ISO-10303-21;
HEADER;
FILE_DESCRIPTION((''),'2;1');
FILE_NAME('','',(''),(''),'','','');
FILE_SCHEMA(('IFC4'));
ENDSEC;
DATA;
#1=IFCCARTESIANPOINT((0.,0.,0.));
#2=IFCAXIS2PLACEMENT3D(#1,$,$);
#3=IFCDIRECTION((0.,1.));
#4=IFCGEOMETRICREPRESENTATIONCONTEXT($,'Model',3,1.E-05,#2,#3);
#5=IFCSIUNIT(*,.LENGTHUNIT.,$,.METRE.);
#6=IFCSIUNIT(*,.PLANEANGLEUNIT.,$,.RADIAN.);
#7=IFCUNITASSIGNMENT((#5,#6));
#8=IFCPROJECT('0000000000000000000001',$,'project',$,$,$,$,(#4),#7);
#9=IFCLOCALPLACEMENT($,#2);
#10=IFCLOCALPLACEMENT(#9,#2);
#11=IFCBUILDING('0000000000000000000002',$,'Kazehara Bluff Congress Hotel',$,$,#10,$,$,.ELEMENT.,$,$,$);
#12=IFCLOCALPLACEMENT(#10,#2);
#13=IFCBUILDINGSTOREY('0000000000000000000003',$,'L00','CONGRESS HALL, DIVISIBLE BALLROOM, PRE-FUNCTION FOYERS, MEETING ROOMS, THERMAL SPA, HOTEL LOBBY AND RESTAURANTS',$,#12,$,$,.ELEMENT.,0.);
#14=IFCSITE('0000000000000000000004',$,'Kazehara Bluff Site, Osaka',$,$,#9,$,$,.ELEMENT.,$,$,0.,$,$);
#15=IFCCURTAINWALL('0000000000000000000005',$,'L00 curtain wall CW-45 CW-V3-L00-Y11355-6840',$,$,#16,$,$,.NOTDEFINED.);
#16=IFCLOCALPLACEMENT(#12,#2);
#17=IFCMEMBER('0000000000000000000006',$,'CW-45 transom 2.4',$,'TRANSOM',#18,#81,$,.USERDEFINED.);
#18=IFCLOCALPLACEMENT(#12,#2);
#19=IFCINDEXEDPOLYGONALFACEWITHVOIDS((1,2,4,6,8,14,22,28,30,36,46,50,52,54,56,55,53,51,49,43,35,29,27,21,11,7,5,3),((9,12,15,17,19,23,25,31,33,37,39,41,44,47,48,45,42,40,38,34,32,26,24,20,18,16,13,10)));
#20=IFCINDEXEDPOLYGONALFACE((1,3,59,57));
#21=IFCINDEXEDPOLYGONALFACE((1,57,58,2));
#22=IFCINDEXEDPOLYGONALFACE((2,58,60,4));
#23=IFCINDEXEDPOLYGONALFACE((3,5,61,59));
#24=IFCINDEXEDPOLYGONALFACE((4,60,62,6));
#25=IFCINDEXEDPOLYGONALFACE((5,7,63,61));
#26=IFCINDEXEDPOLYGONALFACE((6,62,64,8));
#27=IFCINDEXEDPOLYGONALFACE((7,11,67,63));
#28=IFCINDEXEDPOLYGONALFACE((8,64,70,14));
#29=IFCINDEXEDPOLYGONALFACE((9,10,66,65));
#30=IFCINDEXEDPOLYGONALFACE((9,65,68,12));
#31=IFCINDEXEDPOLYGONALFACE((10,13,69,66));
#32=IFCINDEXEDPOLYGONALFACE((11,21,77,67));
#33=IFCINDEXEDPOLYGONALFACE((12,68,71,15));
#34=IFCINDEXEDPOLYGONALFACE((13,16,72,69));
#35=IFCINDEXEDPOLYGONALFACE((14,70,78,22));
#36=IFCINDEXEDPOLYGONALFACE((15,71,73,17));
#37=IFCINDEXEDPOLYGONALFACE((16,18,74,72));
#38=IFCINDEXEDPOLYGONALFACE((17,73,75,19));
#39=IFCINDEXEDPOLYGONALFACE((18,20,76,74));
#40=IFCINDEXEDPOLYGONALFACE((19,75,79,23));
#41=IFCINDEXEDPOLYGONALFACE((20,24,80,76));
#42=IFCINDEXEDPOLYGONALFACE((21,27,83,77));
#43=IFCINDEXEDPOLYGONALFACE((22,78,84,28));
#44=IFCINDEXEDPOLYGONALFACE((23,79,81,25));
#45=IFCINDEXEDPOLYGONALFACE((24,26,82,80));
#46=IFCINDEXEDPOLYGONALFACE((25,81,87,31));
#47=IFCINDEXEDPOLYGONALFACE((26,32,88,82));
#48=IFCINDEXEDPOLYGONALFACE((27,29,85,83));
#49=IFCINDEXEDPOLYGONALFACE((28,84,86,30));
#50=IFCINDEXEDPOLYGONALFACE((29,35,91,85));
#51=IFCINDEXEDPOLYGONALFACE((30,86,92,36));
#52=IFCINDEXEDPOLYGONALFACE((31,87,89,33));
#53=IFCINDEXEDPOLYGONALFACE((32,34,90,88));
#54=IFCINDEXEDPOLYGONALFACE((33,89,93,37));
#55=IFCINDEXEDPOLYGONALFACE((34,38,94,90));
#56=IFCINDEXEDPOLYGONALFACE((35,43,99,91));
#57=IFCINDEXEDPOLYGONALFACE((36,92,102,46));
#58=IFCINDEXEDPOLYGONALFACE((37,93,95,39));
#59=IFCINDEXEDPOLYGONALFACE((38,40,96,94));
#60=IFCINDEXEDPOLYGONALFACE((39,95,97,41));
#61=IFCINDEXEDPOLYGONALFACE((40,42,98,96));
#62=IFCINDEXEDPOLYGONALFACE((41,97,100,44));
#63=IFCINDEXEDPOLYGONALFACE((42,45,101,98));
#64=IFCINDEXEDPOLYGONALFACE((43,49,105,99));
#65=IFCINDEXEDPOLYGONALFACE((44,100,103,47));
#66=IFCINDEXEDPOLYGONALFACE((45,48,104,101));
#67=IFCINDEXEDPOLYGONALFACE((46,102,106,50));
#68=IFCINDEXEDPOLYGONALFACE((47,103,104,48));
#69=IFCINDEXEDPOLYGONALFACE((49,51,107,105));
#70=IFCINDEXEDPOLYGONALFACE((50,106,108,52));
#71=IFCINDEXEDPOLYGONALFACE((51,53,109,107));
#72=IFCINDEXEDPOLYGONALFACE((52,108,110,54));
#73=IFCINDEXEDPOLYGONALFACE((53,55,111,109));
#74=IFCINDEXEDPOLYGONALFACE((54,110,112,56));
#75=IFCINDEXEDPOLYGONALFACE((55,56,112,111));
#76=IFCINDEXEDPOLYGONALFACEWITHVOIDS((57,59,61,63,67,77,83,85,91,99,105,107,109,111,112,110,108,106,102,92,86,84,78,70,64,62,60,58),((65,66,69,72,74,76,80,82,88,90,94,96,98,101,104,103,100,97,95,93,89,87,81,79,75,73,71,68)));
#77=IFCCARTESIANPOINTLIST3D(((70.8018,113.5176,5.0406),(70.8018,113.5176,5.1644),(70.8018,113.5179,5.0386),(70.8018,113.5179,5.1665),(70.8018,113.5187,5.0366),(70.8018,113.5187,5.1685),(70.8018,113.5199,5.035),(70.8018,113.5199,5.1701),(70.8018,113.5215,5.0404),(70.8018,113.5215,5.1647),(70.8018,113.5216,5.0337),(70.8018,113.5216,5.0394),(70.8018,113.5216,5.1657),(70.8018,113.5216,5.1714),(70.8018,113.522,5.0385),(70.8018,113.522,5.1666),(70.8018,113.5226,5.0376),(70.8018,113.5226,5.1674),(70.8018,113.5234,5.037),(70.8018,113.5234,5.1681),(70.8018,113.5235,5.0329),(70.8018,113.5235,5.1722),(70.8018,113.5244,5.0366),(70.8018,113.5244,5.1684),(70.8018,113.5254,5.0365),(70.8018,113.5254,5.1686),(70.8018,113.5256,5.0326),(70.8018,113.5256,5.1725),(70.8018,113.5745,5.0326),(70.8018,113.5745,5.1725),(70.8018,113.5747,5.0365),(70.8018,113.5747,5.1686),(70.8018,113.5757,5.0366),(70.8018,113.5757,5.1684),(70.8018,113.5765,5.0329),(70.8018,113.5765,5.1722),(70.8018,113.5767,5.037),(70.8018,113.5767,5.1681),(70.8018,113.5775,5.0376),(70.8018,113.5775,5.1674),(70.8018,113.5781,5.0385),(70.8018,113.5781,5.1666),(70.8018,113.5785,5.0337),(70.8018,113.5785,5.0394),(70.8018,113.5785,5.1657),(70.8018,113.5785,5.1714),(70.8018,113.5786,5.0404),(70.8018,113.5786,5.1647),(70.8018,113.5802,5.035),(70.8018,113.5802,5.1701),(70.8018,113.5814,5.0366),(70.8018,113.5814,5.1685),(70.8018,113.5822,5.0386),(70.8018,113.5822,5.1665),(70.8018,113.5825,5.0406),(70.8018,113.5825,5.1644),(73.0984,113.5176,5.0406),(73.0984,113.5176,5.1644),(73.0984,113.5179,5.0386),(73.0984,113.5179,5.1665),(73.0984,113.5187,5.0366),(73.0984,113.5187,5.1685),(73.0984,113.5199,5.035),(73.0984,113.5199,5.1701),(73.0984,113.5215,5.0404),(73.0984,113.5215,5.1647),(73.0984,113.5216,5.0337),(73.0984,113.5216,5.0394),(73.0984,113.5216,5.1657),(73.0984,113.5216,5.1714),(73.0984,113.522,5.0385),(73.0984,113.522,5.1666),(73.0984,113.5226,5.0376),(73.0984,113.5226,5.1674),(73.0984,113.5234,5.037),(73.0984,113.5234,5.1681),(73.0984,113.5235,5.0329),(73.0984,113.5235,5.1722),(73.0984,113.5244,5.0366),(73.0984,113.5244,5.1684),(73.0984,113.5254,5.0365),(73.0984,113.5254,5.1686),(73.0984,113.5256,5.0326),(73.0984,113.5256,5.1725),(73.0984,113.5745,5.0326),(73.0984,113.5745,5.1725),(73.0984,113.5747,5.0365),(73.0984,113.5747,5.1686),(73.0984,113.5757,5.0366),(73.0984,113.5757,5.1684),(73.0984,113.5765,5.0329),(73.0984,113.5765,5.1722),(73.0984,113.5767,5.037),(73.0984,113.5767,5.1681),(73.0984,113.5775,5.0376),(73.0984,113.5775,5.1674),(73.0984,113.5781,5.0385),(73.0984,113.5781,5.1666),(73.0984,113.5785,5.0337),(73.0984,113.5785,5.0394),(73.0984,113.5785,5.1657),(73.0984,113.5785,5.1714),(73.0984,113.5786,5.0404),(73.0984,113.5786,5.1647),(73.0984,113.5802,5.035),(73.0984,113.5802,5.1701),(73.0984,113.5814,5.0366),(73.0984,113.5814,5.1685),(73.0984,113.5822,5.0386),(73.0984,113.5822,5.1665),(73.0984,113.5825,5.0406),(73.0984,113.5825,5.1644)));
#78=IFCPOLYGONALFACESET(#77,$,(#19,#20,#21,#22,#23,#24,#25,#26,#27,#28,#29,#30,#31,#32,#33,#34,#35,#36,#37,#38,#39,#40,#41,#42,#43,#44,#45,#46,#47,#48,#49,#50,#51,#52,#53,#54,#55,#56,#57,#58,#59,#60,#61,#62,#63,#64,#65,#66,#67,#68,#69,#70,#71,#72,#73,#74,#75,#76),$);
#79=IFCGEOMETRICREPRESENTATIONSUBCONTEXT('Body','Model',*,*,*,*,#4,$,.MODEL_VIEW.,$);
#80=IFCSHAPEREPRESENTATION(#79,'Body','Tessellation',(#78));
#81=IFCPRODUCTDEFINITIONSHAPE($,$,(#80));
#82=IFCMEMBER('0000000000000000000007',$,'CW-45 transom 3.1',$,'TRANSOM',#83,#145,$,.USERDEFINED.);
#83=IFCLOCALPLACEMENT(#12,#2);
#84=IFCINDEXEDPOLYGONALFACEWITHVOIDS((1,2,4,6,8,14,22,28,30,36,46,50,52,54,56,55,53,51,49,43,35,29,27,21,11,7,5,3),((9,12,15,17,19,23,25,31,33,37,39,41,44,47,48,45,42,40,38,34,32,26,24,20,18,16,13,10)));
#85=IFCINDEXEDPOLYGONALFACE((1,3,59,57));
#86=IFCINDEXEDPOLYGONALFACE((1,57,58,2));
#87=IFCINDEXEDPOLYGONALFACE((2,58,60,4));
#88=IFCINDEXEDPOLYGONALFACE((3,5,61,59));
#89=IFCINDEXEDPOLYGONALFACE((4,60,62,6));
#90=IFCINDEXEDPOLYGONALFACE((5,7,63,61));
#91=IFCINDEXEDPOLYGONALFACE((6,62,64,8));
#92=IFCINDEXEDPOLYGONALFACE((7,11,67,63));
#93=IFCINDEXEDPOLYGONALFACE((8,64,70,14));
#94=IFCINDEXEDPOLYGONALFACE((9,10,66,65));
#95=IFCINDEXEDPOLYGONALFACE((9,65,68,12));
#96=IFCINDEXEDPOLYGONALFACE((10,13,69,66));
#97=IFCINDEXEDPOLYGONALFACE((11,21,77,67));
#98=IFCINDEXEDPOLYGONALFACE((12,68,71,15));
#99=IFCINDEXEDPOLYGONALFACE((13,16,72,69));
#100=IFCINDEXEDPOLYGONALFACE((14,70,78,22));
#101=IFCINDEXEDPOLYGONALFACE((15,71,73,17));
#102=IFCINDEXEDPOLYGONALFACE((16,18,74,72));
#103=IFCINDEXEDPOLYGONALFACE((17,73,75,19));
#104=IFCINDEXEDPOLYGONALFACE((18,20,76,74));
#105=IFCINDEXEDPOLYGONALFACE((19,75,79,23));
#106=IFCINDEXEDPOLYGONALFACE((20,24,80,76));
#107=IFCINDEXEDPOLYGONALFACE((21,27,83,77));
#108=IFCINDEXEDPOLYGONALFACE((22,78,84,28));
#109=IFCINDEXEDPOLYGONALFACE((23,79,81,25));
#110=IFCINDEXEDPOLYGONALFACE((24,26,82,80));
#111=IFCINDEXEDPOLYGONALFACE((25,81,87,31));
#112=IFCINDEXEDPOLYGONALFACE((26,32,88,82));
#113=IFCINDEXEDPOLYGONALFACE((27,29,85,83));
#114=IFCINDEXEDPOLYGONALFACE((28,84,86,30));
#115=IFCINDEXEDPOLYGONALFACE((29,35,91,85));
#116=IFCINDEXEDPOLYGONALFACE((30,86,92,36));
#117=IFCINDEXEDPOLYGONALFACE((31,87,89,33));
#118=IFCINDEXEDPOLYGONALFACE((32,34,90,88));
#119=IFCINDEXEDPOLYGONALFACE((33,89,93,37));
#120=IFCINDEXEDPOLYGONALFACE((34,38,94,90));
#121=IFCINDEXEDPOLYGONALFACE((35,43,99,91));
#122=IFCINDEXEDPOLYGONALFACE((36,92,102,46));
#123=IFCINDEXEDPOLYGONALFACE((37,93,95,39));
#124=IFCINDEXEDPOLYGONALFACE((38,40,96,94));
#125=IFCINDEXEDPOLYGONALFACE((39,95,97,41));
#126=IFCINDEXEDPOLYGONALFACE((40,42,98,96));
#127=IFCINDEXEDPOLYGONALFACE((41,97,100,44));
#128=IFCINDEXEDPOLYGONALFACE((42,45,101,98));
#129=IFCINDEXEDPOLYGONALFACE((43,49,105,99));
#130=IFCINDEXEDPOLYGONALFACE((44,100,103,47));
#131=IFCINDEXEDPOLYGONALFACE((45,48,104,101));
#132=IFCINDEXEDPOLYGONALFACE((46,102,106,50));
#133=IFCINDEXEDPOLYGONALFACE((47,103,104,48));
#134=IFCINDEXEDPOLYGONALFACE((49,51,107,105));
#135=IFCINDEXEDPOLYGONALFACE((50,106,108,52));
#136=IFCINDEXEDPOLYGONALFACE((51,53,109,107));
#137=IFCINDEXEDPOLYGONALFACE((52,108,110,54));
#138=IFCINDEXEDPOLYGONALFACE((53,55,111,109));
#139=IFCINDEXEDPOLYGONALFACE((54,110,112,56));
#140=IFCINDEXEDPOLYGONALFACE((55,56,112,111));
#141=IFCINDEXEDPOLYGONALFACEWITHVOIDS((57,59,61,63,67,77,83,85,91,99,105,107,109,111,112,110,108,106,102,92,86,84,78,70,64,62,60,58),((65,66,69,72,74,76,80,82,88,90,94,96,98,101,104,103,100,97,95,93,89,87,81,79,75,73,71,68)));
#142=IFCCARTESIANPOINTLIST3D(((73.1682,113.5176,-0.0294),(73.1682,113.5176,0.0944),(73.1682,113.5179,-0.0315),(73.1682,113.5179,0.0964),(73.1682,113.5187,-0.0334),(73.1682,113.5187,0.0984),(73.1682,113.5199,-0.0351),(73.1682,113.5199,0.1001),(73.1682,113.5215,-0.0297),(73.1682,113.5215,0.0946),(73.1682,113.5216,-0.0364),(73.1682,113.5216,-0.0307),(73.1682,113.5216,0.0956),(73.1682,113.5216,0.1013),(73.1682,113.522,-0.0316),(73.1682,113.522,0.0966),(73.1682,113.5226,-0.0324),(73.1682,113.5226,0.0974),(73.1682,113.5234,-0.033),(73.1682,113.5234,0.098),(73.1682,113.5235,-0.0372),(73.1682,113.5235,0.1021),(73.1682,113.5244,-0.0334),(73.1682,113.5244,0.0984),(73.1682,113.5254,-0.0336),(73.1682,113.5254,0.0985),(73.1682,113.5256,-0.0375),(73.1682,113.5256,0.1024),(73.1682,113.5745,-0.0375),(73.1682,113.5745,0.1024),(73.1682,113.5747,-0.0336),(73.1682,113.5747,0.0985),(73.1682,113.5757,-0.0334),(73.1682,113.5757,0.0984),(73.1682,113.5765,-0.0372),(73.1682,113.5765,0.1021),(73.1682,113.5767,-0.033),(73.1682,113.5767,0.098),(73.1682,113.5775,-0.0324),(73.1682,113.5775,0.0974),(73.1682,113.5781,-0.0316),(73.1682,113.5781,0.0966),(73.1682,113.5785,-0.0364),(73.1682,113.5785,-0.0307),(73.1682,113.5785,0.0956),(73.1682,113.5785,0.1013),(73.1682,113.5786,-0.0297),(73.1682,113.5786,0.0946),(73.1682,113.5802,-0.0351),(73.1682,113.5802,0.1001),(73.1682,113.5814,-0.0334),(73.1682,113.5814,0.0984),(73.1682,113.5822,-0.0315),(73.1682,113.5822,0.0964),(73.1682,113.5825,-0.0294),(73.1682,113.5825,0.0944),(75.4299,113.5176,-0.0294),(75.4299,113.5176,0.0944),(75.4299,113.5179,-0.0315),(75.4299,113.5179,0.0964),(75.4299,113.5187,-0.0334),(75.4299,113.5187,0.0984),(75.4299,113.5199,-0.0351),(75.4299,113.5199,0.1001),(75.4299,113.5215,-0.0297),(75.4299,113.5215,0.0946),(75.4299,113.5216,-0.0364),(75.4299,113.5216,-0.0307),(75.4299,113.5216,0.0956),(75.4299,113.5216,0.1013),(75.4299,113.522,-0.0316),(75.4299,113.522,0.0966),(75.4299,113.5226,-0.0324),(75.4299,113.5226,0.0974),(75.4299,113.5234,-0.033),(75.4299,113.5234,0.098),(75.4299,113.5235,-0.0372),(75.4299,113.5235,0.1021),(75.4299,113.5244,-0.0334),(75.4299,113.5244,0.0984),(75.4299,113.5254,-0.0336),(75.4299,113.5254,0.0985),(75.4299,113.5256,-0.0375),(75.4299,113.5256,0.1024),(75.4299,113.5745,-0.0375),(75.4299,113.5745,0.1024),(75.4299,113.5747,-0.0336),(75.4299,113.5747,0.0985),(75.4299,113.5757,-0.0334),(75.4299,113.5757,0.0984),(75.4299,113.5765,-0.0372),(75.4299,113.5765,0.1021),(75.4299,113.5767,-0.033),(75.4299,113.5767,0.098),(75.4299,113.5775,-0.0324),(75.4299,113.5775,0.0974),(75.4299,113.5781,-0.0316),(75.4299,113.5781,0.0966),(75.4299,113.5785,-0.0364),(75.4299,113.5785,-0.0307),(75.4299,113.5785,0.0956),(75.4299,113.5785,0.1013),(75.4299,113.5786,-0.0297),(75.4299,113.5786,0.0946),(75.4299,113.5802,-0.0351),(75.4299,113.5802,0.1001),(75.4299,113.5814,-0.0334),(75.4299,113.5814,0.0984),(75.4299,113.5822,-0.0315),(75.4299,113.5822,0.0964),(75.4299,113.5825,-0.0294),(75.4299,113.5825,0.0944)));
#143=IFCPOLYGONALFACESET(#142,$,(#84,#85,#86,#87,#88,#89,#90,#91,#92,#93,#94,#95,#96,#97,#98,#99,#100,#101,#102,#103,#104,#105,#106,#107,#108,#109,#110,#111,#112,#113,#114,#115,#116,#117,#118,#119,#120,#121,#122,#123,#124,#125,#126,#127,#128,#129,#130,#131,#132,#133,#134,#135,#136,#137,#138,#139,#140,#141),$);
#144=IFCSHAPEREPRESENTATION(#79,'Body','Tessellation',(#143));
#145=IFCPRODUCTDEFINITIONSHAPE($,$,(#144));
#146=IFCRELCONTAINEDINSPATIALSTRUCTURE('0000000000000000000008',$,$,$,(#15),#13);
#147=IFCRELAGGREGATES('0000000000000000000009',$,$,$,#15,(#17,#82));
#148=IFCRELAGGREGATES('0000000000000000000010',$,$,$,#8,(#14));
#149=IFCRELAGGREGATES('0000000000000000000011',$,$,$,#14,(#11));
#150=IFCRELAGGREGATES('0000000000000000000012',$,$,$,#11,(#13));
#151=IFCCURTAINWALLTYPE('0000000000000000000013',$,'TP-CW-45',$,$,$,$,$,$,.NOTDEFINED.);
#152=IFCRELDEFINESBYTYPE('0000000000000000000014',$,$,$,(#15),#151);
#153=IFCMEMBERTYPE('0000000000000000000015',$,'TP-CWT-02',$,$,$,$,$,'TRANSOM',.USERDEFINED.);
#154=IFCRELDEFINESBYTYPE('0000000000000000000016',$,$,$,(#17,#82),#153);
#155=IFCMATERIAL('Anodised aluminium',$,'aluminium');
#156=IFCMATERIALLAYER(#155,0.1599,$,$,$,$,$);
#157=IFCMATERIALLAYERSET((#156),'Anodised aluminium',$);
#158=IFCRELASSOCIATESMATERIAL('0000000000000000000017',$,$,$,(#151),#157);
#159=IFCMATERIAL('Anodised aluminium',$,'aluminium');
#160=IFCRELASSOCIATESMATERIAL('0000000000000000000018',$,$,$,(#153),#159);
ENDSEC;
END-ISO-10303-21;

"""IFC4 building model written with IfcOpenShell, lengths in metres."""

from ifc_helpers import new_model, si_unit, direction, frame, origin, origin_2d, place, context, subcontext, project, spatial, hollow_rectangle, extrude, material, layer, layer_set, material_profile, profile_set, type_object, element, aggregate, save


model = new_model("IFC4")

# Units and contexts
model_context = context("Model", 3, precision=1e-05, world=origin(), true_north=direction((0.0, 1.0)))
body_context = subcontext(model_context, "Body", "Model", "MODEL_VIEW")
ifc_project = project(units=[si_unit("LENGTHUNIT", "METRE"), si_unit("PLANEANGLEUNIT", "RADIAN")], contexts=[model_context])

# Site, building, storey
site_placement = place(None, origin())
site = spatial("IfcSite", under=ifc_project, at=site_placement, Name="Kazehara Bluff Site, Osaka", CompositionType="ELEMENT", RefElevation=0.0)
building_placement = place(site_placement, origin())
building = spatial("IfcBuilding", under=site, at=building_placement, Name="Kazehara Bluff Congress Hotel", CompositionType="ELEMENT")
storey_placement = place(building_placement, origin())
storey = spatial("IfcBuildingStorey", under=building, at=storey_placement, Name="L00", Description="CONGRESS HALL, DIVISIBLE BALLROOM, PRE-FUNCTION FOYERS, MEETING ROOMS, THERMAL SPA, HOTEL LOBBY AND RESTAURANTS", CompositionType="ELEMENT", Elevation=0.0)

# Curtain wall, members
ifc_material_1 = material(Name="Anodised aluminium", Category="aluminium")
ifc_layer_1 = layer(ifc_material_1, 0.1599)
ifc_layer_set_1 = layer_set([ifc_layer_1], Name="Anodised aluminium")
curtain_wall_type = type_object("IfcCurtainWallType", Name="TP-CW-45", PredefinedType="NOTDEFINED", material=ifc_layer_set_1)
curtain_wall_placement = place(storey_placement, origin())
curtain_wall = element("IfcCurtainWall", 1, at=curtain_wall_placement, inside=storey, type_object=curtain_wall_type, Name="L00 curtain wall CW-45 CW-V3-L00-Y11355-6840", PredefinedType="NOTDEFINED")
ifc_material_2 = material(Name="Anodised aluminium", Category="aluminium")
ifc_material_profile_1 = material_profile(ifc_material_2, hollow_rectangle(XDim=0.0649, YDim=0.1399, WallThickness=0.0039, InnerFilletRadius=0.0039, OuterFilletRadius=0.0081, at=origin_2d()))
ifc_profile_set_1 = profile_set([ifc_material_profile_1], Name="Anodised aluminium")
member_type_1 = type_object("IfcMemberType", Name="TP-CWT-02", ElementType="TRANSOM", PredefinedType="USERDEFINED", material=ifc_profile_set_1)
member_1_placement = place(storey_placement, frame((70.8018, 113.55, 5.1025), z_axis=(1.0, 0.0, 0.0), x_axis=(0.0, 1.0, 0.0)))
member_1 = element("IfcMember", 2, at=member_1_placement, type_object=member_type_1, Name="CW-45 transom 2.4", ObjectType="TRANSOM", PredefinedType="USERDEFINED", context=body_context, shape_type="SweptSolid", body=[
    extrude(hollow_rectangle(XDim=0.0649, YDim=0.1399, WallThickness=0.0039, InnerFilletRadius=0.0039, OuterFilletRadius=0.0081, at=origin_2d()), origin(), (0.0, 0.0, 1.0), 2.2966),
])
member_2_placement = place(storey_placement, frame((73.1682, 113.55, 0.0325), z_axis=(1.0, 0.0, 0.0), x_axis=(0.0, 1.0, 0.0)))
member_2 = element("IfcMember", 3, at=member_2_placement, type_object=member_type_1, Name="CW-45 transom 3.1", ObjectType="TRANSOM", PredefinedType="USERDEFINED", context=body_context, shape_type="SweptSolid", body=[
    extrude(hollow_rectangle(XDim=0.0649, YDim=0.1399, WallThickness=0.0039, InnerFilletRadius=0.0039, OuterFilletRadius=0.0081, at=origin_2d()), origin(), (0.0, 0.0, 1.0), 2.2617),
])

aggregate(curtain_wall, [member_1, member_2])

save(model, "model.ifc")
